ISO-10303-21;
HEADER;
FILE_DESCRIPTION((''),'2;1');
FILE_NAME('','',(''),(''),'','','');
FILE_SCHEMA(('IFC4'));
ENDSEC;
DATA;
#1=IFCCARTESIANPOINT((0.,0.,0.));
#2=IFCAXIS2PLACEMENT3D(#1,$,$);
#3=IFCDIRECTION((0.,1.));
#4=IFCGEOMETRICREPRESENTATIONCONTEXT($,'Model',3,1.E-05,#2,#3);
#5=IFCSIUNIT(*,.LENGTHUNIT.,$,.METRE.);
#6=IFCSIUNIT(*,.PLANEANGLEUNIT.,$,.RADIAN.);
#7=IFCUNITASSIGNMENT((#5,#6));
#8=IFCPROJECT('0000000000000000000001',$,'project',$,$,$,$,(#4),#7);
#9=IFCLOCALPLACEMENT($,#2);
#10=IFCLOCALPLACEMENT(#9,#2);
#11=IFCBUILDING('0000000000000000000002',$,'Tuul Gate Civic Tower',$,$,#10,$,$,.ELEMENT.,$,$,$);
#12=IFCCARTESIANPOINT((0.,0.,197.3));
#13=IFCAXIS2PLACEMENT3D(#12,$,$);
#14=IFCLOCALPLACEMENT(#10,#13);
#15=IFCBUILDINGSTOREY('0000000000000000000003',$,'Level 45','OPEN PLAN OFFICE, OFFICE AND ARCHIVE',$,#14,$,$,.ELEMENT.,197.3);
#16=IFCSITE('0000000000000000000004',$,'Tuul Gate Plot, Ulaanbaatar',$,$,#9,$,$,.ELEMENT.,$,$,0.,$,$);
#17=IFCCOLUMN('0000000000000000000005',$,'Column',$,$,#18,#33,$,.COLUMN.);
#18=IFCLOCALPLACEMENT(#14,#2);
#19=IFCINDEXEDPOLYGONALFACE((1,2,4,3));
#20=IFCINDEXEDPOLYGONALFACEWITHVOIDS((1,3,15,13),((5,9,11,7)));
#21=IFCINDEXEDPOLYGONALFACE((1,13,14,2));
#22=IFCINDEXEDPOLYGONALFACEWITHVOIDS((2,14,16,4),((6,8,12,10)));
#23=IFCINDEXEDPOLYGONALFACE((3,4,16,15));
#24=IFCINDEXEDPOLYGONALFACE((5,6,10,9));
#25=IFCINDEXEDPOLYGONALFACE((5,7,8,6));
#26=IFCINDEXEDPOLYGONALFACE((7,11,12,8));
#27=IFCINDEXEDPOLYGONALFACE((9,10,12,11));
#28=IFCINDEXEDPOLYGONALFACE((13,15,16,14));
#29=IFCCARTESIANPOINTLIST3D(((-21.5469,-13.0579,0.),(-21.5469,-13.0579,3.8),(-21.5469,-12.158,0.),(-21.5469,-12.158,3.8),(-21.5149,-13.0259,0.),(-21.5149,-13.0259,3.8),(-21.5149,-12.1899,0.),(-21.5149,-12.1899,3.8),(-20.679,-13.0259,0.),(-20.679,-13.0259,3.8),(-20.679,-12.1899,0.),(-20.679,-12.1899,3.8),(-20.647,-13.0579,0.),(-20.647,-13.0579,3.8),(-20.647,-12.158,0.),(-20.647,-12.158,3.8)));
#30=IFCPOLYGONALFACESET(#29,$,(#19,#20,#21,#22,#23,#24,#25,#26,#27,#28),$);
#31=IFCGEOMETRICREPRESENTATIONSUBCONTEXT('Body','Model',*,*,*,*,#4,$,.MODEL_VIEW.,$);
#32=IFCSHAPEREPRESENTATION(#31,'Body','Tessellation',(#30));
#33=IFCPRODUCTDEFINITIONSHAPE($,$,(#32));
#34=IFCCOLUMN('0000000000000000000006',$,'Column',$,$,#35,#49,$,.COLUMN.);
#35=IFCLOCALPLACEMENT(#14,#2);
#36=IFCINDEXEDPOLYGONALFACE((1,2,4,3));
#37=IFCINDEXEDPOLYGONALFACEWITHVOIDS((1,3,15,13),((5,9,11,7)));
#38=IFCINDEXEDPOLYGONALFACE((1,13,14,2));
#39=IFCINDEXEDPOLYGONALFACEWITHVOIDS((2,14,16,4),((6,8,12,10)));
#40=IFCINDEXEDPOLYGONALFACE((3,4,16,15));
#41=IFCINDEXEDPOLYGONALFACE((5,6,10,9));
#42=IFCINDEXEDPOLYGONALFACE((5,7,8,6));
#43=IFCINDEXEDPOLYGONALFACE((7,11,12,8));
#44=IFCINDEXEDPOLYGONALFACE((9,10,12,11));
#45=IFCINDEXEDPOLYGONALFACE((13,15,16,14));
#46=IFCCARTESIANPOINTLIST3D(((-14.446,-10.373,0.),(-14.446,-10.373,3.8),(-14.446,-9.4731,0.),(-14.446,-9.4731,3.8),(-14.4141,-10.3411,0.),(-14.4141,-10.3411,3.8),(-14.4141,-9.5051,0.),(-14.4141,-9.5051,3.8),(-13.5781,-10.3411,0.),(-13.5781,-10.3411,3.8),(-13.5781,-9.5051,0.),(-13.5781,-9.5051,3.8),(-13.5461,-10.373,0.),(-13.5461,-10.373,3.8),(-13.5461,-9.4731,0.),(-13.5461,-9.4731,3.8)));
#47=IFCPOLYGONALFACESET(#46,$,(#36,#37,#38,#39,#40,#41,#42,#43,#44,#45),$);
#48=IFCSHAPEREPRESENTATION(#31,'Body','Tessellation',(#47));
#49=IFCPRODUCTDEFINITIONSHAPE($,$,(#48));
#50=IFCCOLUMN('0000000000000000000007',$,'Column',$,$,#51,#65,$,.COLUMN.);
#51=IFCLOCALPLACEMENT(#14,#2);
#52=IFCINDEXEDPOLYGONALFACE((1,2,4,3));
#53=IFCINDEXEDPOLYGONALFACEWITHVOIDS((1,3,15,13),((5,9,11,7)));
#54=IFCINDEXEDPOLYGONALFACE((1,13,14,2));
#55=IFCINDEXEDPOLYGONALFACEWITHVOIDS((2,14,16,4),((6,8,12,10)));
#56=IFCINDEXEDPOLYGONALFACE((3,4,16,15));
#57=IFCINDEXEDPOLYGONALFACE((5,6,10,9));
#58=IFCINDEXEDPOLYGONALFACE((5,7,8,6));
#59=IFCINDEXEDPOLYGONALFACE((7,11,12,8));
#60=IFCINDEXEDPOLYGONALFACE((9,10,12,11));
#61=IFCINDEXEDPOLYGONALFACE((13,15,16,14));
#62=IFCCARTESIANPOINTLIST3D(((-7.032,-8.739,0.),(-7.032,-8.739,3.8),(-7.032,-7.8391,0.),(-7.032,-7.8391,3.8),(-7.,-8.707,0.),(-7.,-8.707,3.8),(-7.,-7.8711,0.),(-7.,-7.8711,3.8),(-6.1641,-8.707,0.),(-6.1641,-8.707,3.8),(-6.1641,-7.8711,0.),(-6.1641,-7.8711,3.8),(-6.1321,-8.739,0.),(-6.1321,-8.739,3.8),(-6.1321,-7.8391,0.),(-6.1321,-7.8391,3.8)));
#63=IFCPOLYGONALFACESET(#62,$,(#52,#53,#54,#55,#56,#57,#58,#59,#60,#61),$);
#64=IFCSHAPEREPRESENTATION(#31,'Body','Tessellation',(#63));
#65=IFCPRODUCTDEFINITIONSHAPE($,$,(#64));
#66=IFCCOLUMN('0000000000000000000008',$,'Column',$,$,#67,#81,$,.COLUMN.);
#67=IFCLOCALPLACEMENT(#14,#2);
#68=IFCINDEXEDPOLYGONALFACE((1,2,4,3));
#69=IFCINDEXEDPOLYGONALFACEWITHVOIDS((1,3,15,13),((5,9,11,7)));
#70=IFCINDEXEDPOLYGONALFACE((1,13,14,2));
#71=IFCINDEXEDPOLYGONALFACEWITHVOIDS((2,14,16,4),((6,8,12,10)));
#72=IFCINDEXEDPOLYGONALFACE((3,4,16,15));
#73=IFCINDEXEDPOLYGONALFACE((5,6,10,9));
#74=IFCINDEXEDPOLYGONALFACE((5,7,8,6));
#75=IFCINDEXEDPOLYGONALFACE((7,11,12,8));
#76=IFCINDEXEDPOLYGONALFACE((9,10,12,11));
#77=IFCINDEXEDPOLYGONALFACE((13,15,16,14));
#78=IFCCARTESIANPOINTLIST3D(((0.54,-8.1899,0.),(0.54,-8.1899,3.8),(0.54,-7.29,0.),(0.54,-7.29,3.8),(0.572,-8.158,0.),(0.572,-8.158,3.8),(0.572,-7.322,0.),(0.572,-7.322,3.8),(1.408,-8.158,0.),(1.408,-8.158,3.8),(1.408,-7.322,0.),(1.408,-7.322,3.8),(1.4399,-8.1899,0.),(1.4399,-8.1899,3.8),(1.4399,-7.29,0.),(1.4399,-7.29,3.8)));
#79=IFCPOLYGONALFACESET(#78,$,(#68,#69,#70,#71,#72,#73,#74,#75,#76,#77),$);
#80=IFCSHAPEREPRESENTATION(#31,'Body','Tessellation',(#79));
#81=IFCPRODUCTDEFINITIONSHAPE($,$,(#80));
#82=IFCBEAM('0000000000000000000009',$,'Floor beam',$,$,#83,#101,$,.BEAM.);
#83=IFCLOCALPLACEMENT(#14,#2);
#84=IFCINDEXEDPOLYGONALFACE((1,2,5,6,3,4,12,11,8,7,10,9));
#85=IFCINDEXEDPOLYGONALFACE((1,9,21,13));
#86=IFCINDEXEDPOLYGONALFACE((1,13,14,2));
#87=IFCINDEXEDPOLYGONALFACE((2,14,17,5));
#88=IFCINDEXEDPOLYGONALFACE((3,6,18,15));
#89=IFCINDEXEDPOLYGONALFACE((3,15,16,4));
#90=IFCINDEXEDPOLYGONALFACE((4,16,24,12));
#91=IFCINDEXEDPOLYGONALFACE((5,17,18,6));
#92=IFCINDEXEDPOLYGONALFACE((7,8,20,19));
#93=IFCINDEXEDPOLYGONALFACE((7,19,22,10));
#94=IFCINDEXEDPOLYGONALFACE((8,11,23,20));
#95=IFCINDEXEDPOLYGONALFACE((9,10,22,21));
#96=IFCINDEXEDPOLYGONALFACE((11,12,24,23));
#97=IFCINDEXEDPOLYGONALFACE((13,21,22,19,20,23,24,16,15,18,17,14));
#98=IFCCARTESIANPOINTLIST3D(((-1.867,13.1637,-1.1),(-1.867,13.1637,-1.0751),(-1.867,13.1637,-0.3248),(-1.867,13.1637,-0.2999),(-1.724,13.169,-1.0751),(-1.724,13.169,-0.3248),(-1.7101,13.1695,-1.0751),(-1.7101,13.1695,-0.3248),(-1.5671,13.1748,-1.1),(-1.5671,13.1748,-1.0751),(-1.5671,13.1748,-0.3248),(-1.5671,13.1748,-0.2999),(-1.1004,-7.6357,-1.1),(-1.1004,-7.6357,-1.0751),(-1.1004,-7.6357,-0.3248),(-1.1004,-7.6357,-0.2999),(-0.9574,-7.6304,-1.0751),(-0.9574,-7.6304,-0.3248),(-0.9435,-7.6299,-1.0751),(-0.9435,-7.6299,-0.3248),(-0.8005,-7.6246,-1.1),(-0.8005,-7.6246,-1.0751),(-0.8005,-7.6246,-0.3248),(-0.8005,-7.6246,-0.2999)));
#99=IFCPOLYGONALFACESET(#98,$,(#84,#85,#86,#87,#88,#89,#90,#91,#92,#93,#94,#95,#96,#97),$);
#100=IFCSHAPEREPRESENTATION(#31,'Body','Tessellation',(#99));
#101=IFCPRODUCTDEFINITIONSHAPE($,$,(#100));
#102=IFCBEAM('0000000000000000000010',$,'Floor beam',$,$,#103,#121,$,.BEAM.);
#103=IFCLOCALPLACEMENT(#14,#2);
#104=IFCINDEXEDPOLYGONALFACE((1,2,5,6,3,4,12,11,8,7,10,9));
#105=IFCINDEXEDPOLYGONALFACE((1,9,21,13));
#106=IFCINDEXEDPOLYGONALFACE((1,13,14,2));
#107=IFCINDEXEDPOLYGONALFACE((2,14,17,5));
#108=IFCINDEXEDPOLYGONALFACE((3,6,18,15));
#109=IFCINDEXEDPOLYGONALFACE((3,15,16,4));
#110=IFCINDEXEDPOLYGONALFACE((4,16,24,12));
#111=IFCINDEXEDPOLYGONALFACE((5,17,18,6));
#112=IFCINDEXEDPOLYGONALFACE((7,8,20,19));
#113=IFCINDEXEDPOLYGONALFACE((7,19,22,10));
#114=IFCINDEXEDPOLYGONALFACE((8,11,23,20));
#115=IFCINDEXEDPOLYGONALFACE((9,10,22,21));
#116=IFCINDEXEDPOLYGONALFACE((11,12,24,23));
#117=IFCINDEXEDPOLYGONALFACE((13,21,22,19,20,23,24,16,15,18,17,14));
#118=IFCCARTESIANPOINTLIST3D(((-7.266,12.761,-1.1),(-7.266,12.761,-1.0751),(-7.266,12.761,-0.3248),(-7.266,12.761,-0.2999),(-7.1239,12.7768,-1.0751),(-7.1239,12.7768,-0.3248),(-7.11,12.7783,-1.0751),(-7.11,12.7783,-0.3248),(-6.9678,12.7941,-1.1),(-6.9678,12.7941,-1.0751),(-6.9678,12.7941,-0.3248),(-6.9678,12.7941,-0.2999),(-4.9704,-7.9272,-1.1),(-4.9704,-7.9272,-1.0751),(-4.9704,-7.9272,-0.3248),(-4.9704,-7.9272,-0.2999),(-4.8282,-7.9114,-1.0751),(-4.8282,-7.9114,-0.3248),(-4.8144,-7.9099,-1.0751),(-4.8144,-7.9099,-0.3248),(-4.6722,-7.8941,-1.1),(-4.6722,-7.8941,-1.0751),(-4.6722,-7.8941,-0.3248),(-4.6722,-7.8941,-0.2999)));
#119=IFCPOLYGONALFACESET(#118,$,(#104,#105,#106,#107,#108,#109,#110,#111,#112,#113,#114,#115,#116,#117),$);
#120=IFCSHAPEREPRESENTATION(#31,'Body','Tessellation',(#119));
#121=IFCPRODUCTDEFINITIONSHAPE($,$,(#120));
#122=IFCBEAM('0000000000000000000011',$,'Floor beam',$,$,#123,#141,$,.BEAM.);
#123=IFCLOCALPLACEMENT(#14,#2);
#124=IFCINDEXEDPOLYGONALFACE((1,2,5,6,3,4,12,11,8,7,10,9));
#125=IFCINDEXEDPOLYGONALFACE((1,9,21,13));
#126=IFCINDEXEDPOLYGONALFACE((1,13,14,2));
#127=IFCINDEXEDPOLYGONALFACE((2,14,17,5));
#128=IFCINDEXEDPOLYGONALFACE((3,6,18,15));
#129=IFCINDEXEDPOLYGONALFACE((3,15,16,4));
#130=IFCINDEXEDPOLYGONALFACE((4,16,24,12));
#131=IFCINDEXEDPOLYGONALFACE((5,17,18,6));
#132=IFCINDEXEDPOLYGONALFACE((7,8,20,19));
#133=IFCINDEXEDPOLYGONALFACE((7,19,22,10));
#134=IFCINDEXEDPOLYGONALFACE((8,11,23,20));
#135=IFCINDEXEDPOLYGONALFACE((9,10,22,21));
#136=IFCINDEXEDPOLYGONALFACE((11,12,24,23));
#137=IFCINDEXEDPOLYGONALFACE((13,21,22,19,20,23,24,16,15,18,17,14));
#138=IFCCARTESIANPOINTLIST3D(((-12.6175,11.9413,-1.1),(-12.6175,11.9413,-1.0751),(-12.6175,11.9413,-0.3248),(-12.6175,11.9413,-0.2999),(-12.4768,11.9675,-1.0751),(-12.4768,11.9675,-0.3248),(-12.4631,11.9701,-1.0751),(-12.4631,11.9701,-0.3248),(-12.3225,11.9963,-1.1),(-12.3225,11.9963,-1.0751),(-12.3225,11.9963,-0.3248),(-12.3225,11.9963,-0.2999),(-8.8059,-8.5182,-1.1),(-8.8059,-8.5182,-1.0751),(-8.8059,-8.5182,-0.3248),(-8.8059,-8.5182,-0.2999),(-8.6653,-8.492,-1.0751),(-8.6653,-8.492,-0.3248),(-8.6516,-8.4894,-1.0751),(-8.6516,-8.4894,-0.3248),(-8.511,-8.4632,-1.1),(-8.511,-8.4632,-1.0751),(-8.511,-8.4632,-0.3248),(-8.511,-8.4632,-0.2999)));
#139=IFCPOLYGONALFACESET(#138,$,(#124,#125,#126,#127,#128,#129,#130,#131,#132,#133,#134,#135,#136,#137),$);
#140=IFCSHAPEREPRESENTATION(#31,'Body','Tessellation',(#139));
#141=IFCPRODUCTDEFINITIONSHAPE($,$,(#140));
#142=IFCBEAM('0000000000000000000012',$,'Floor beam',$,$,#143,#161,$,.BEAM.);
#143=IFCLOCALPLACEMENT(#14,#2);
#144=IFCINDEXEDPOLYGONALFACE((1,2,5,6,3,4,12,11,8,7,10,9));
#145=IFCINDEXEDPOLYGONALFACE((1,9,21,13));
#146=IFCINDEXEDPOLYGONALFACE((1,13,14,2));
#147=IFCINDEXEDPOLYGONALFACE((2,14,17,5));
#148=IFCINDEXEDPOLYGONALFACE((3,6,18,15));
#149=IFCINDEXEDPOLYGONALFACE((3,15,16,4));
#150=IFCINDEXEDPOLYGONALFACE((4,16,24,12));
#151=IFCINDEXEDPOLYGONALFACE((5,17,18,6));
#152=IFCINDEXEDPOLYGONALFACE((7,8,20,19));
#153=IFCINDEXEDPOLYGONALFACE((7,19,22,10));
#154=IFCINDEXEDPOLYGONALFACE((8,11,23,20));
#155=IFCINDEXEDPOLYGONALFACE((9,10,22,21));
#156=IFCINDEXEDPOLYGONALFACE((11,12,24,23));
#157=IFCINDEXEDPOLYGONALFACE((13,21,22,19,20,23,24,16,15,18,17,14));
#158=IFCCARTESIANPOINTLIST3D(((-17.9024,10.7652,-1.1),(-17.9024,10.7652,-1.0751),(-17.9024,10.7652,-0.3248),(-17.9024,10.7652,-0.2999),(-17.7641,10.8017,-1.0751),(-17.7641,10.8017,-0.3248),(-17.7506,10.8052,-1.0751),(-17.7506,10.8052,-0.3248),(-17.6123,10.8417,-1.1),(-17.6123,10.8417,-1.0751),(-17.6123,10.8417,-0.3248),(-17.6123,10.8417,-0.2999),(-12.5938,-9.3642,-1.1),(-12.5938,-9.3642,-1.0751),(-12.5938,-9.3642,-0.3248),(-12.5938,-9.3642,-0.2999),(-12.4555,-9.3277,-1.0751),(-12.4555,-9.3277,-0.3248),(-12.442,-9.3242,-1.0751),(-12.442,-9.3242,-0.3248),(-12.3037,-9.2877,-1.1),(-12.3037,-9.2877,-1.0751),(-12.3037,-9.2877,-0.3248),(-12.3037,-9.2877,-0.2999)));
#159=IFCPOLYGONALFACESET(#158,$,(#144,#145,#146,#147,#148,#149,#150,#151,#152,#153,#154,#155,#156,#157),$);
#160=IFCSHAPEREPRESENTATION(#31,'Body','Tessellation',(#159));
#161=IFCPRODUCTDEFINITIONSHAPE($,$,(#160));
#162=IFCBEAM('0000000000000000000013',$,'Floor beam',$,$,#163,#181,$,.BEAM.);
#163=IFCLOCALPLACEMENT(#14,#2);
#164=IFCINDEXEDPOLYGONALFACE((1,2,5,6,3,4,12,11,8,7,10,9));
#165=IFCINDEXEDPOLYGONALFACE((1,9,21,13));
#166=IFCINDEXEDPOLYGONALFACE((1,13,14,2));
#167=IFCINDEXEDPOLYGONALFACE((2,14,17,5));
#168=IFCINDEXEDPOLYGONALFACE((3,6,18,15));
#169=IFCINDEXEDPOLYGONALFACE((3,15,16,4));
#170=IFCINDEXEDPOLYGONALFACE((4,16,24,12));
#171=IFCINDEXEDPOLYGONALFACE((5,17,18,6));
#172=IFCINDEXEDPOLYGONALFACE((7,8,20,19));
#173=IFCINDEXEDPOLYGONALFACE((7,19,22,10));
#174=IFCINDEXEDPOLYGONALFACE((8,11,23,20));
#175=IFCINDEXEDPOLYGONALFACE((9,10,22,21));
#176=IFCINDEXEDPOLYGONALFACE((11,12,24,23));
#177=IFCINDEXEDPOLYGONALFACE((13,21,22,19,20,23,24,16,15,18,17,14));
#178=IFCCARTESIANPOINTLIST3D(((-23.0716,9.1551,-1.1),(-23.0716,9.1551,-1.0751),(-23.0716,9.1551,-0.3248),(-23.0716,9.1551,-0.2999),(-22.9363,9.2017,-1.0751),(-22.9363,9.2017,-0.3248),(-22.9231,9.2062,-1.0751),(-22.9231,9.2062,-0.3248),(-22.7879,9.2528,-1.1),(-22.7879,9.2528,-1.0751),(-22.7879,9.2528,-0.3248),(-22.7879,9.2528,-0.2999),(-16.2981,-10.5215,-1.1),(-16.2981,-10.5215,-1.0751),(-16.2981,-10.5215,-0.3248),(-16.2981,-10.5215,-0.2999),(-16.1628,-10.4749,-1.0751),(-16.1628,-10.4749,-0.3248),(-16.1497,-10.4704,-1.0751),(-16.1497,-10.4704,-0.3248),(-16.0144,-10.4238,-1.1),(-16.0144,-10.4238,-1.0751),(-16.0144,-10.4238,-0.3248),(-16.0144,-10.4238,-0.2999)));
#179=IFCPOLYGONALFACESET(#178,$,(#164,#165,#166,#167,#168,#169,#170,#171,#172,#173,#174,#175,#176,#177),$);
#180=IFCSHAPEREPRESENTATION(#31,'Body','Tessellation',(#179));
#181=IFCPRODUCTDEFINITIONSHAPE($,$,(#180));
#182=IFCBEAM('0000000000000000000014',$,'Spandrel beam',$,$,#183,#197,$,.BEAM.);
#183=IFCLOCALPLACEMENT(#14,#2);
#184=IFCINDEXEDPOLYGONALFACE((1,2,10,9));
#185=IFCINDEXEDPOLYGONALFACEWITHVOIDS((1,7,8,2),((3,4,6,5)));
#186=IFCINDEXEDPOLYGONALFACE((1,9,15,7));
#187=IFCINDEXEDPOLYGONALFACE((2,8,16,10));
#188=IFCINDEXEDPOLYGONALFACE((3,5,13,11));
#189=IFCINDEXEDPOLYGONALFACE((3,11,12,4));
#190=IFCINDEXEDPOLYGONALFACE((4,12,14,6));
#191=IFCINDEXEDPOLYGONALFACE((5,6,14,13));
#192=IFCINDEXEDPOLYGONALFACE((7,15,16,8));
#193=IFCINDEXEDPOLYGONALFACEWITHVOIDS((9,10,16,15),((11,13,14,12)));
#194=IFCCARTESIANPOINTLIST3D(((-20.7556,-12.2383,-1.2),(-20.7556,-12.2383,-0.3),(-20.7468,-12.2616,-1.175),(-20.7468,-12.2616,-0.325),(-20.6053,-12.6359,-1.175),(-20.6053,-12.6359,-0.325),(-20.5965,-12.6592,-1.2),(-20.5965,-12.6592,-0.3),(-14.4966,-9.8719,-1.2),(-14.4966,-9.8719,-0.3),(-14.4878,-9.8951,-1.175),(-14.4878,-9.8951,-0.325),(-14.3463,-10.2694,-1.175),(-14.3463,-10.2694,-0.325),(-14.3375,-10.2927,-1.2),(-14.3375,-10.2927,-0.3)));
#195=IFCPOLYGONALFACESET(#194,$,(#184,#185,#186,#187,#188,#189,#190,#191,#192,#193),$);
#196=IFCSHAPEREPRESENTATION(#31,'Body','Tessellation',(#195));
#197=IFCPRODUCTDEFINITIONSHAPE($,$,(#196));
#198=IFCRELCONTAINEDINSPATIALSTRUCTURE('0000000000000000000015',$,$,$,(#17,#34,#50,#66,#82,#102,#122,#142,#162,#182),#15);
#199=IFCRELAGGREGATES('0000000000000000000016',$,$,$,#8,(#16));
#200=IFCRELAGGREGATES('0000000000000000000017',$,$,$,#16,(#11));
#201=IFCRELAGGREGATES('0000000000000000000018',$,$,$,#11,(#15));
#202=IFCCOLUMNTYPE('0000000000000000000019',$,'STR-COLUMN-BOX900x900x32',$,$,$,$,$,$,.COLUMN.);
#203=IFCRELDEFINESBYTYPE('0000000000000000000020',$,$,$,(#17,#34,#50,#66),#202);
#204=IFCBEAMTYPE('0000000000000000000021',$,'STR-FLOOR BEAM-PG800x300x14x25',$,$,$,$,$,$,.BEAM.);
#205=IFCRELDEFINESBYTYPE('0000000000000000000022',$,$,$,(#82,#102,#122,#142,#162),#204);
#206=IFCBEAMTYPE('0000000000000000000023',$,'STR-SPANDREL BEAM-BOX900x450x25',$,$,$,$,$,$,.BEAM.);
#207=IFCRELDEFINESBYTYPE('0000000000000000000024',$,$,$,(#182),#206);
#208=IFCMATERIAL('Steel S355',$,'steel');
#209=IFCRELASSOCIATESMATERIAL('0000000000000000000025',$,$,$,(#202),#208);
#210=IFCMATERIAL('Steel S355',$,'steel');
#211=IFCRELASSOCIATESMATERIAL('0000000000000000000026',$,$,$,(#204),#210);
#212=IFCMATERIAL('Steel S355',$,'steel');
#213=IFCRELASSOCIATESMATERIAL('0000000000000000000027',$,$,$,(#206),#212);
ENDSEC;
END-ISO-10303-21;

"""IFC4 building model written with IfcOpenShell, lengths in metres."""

from ifc_helpers import new_model, si_unit, direction, frame, origin, origin_2d, place, context, subcontext, project, spatial, hollow_rectangle, i_section, extrude, material, material_profile, profile_set, type_object, element, save


model = new_model("IFC4")

# Units and contexts
model_context = context("Model", 3, precision=1e-05, world=origin(), true_north=direction((0.0, 1.0)))
body_context = subcontext(model_context, "Body", "Model", "MODEL_VIEW")
ifc_project = project(units=[si_unit("LENGTHUNIT", "METRE"), si_unit("PLANEANGLEUNIT", "RADIAN")], contexts=[model_context])

# Site, building, storey
site_placement = place(None, origin())
site = spatial("IfcSite", under=ifc_project, at=site_placement, Name="Tuul Gate Plot, Ulaanbaatar", CompositionType="ELEMENT", RefElevation=0.0)
building_placement = place(site_placement, origin())
building = spatial("IfcBuilding", under=site, at=building_placement, Name="Tuul Gate Civic Tower", CompositionType="ELEMENT")
storey_placement = place(building_placement, frame((0.0, 0.0, 197.3)))
storey = spatial("IfcBuildingStorey", under=building, at=storey_placement, Name="Level 45", Description="OPEN PLAN OFFICE, OFFICE AND ARCHIVE", CompositionType="ELEMENT", Elevation=197.3)

# Columns
ifc_material_1 = material(Name="Steel S355", Category="steel")
ifc_material_profile_1 = material_profile(ifc_material_1, hollow_rectangle(XDim=0.8999, YDim=0.8999, WallThickness=0.032, at=origin_2d()), Name="BOX900x900x32")
ifc_profile_set_1 = profile_set([ifc_material_profile_1], Name="Steel S355")
column_type = type_object("IfcColumnType", Name="STR-COLUMN-BOX900x900x32", PredefinedType="COLUMN", material=ifc_profile_set_1)
for number, where, z_axis, x_axis, name in (
    (1, (-21.0969, -12.6079, 0.0), (0.0, 0.0, 1.0), (1.0, 0.0, 0.0), "Column"),
    (2, (-13.9961, -9.9231, 0.0), (0.0, 0.0, 1.0), (1.0, 0.0, 0.0), "Column"),
    (3, (-6.582, -8.2891, 0.0), (0.0, 0.0, 1.0), (1.0, 0.0, 0.0), "Column"),
    (4, (0.99, -7.74, 0.0), (0.0, 0.0, 1.0), (1.0, 0.0, 0.0), "Column"),
):
    element("IfcColumn", number, at=place(storey_placement, frame(where, z_axis=z_axis, x_axis=x_axis)), inside=storey, type_object=column_type, Name=name, PredefinedType="COLUMN", context=body_context, shape_type="SweptSolid", body=[
        extrude(hollow_rectangle(XDim=0.8999, YDim=0.8999, WallThickness=0.032, at=origin_2d()), origin(), (0.0, 0.0, 1.0), 3.8),
    ])

# Beams
ifc_material_2 = material(Name="Steel S355", Category="steel")
ifc_material_profile_2 = material_profile(ifc_material_2, i_section(OverallWidth=0.3, OverallDepth=0.8, WebThickness=0.0139, FlangeThickness=0.0249, at=origin_2d()), Name="PG800x300x14x25")
ifc_profile_set_2 = profile_set([ifc_material_profile_2], Name="Steel S355")
beam_type_1 = type_object("IfcBeamType", Name="STR-FLOOR BEAM-PG800x300x14x25", PredefinedType="BEAM", material=ifc_profile_set_2)
beam_1_placement = place(storey_placement, frame((-0.9504, -7.6301, -0.7), z_axis=(-0.036832, 0.999321, 0.0), x_axis=(-0.999321, -0.036832, 0.0)))
element("IfcBeam", 5, at=beam_1_placement, inside=storey, type_object=beam_type_1, Name="Floor beam", PredefinedType="BEAM", context=body_context, shape_type="SweptSolid", body=[
    extrude(i_section(OverallWidth=0.3, OverallDepth=0.8, WebThickness=0.0139, FlangeThickness=0.0249, at=origin_2d()), origin(), (0.0, 0.0, 1.0), 20.8135),
])
beam_2_placement = place(storey_placement, frame((-4.8213, -7.9106, -0.7), z_axis=(-0.110287, 0.9939, 0.0), x_axis=(-0.9939, -0.110287, 0.0)))
element("IfcBeam", 6, at=beam_2_placement, inside=storey, type_object=beam_type_1, Name="Floor beam", PredefinedType="BEAM", context=body_context, shape_type="SweptSolid", body=[
    extrude(i_section(OverallWidth=0.3, OverallDepth=0.8, WebThickness=0.0139, FlangeThickness=0.0249, at=origin_2d()), origin(), (0.0, 0.0, 1.0), 20.8152),
])
beam_3_placement = place(storey_placement, frame((-8.6584, -8.4907, -0.7), z_axis=(-0.183145, 0.983086, 0.0), x_axis=(-0.983086, -0.183145, 0.0)))
element("IfcBeam", 7, at=beam_3_placement, inside=storey, type_object=beam_type_1, Name="Floor beam", PredefinedType="BEAM", context=body_context, shape_type="SweptSolid", body=[
    extrude(i_section(OverallWidth=0.3, OverallDepth=0.8, WebThickness=0.0139, FlangeThickness=0.0249, at=origin_2d()), origin(), (0.0, 0.0, 1.0), 20.8115),
])
beam_4_placement = place(storey_placement, frame((-12.4487, -9.3259, -0.7), z_axis=(-0.255005, 0.96694, 0.0), x_axis=(-0.96694, -0.255005, 0.0)))
element("IfcBeam", 8, at=beam_4_placement, inside=storey, type_object=beam_type_1, Name="Floor beam", PredefinedType="BEAM", context=body_context, shape_type="SweptSolid", body=[
    extrude(i_section(OverallWidth=0.3, OverallDepth=0.8, WebThickness=0.0139, FlangeThickness=0.0249, at=origin_2d()), origin(), (0.0, 0.0, 1.0), 20.8176),
])
beam_5_placement = place(storey_placement, frame((-16.1562, -10.4727, -0.7), z_axis=(-0.325494, 0.945544, 0.0), x_axis=(-0.945544, -0.325494, 0.0)))
element("IfcBeam", 9, at=beam_5_placement, inside=storey, type_object=beam_type_1, Name="Floor beam", PredefinedType="BEAM", context=body_context, shape_type="SweptSolid", body=[
    extrude(i_section(OverallWidth=0.3, OverallDepth=0.8, WebThickness=0.0139, FlangeThickness=0.0249, at=origin_2d()), origin(), (0.0, 0.0, 1.0), 20.8098),
])
ifc_material_3 = material(Name="Steel S355", Category="steel")
ifc_material_profile_3 = material_profile(ifc_material_3, hollow_rectangle(XDim=0.45, YDim=0.8999, WallThickness=0.0249, at=origin_2d()), Name="BOX900x450x25")
ifc_profile_set_3 = profile_set([ifc_material_profile_3], Name="Steel S355")
beam_type_2 = type_object("IfcBeamType", Name="STR-SPANDREL BEAM-BOX900x450x25", PredefinedType="BEAM", material=ifc_profile_set_3)
beam_6_placement = place(storey_placement, frame((-20.676, -12.4487, -0.75), z_axis=(0.935377, 0.353653, 0.0), x_axis=(-0.353653, 0.935377, 0.0)))
element("IfcBeam", 10, at=beam_6_placement, inside=storey, type_object=beam_type_2, Name="Spandrel beam", PredefinedType="BEAM", context=body_context, shape_type="SweptSolid", body=[
    extrude(hollow_rectangle(XDim=0.45, YDim=0.8999, WallThickness=0.0249, at=origin_2d()), origin(), (0.0, 0.0, 1.0), 6.6914),
])

save(model, "model.ifc")
